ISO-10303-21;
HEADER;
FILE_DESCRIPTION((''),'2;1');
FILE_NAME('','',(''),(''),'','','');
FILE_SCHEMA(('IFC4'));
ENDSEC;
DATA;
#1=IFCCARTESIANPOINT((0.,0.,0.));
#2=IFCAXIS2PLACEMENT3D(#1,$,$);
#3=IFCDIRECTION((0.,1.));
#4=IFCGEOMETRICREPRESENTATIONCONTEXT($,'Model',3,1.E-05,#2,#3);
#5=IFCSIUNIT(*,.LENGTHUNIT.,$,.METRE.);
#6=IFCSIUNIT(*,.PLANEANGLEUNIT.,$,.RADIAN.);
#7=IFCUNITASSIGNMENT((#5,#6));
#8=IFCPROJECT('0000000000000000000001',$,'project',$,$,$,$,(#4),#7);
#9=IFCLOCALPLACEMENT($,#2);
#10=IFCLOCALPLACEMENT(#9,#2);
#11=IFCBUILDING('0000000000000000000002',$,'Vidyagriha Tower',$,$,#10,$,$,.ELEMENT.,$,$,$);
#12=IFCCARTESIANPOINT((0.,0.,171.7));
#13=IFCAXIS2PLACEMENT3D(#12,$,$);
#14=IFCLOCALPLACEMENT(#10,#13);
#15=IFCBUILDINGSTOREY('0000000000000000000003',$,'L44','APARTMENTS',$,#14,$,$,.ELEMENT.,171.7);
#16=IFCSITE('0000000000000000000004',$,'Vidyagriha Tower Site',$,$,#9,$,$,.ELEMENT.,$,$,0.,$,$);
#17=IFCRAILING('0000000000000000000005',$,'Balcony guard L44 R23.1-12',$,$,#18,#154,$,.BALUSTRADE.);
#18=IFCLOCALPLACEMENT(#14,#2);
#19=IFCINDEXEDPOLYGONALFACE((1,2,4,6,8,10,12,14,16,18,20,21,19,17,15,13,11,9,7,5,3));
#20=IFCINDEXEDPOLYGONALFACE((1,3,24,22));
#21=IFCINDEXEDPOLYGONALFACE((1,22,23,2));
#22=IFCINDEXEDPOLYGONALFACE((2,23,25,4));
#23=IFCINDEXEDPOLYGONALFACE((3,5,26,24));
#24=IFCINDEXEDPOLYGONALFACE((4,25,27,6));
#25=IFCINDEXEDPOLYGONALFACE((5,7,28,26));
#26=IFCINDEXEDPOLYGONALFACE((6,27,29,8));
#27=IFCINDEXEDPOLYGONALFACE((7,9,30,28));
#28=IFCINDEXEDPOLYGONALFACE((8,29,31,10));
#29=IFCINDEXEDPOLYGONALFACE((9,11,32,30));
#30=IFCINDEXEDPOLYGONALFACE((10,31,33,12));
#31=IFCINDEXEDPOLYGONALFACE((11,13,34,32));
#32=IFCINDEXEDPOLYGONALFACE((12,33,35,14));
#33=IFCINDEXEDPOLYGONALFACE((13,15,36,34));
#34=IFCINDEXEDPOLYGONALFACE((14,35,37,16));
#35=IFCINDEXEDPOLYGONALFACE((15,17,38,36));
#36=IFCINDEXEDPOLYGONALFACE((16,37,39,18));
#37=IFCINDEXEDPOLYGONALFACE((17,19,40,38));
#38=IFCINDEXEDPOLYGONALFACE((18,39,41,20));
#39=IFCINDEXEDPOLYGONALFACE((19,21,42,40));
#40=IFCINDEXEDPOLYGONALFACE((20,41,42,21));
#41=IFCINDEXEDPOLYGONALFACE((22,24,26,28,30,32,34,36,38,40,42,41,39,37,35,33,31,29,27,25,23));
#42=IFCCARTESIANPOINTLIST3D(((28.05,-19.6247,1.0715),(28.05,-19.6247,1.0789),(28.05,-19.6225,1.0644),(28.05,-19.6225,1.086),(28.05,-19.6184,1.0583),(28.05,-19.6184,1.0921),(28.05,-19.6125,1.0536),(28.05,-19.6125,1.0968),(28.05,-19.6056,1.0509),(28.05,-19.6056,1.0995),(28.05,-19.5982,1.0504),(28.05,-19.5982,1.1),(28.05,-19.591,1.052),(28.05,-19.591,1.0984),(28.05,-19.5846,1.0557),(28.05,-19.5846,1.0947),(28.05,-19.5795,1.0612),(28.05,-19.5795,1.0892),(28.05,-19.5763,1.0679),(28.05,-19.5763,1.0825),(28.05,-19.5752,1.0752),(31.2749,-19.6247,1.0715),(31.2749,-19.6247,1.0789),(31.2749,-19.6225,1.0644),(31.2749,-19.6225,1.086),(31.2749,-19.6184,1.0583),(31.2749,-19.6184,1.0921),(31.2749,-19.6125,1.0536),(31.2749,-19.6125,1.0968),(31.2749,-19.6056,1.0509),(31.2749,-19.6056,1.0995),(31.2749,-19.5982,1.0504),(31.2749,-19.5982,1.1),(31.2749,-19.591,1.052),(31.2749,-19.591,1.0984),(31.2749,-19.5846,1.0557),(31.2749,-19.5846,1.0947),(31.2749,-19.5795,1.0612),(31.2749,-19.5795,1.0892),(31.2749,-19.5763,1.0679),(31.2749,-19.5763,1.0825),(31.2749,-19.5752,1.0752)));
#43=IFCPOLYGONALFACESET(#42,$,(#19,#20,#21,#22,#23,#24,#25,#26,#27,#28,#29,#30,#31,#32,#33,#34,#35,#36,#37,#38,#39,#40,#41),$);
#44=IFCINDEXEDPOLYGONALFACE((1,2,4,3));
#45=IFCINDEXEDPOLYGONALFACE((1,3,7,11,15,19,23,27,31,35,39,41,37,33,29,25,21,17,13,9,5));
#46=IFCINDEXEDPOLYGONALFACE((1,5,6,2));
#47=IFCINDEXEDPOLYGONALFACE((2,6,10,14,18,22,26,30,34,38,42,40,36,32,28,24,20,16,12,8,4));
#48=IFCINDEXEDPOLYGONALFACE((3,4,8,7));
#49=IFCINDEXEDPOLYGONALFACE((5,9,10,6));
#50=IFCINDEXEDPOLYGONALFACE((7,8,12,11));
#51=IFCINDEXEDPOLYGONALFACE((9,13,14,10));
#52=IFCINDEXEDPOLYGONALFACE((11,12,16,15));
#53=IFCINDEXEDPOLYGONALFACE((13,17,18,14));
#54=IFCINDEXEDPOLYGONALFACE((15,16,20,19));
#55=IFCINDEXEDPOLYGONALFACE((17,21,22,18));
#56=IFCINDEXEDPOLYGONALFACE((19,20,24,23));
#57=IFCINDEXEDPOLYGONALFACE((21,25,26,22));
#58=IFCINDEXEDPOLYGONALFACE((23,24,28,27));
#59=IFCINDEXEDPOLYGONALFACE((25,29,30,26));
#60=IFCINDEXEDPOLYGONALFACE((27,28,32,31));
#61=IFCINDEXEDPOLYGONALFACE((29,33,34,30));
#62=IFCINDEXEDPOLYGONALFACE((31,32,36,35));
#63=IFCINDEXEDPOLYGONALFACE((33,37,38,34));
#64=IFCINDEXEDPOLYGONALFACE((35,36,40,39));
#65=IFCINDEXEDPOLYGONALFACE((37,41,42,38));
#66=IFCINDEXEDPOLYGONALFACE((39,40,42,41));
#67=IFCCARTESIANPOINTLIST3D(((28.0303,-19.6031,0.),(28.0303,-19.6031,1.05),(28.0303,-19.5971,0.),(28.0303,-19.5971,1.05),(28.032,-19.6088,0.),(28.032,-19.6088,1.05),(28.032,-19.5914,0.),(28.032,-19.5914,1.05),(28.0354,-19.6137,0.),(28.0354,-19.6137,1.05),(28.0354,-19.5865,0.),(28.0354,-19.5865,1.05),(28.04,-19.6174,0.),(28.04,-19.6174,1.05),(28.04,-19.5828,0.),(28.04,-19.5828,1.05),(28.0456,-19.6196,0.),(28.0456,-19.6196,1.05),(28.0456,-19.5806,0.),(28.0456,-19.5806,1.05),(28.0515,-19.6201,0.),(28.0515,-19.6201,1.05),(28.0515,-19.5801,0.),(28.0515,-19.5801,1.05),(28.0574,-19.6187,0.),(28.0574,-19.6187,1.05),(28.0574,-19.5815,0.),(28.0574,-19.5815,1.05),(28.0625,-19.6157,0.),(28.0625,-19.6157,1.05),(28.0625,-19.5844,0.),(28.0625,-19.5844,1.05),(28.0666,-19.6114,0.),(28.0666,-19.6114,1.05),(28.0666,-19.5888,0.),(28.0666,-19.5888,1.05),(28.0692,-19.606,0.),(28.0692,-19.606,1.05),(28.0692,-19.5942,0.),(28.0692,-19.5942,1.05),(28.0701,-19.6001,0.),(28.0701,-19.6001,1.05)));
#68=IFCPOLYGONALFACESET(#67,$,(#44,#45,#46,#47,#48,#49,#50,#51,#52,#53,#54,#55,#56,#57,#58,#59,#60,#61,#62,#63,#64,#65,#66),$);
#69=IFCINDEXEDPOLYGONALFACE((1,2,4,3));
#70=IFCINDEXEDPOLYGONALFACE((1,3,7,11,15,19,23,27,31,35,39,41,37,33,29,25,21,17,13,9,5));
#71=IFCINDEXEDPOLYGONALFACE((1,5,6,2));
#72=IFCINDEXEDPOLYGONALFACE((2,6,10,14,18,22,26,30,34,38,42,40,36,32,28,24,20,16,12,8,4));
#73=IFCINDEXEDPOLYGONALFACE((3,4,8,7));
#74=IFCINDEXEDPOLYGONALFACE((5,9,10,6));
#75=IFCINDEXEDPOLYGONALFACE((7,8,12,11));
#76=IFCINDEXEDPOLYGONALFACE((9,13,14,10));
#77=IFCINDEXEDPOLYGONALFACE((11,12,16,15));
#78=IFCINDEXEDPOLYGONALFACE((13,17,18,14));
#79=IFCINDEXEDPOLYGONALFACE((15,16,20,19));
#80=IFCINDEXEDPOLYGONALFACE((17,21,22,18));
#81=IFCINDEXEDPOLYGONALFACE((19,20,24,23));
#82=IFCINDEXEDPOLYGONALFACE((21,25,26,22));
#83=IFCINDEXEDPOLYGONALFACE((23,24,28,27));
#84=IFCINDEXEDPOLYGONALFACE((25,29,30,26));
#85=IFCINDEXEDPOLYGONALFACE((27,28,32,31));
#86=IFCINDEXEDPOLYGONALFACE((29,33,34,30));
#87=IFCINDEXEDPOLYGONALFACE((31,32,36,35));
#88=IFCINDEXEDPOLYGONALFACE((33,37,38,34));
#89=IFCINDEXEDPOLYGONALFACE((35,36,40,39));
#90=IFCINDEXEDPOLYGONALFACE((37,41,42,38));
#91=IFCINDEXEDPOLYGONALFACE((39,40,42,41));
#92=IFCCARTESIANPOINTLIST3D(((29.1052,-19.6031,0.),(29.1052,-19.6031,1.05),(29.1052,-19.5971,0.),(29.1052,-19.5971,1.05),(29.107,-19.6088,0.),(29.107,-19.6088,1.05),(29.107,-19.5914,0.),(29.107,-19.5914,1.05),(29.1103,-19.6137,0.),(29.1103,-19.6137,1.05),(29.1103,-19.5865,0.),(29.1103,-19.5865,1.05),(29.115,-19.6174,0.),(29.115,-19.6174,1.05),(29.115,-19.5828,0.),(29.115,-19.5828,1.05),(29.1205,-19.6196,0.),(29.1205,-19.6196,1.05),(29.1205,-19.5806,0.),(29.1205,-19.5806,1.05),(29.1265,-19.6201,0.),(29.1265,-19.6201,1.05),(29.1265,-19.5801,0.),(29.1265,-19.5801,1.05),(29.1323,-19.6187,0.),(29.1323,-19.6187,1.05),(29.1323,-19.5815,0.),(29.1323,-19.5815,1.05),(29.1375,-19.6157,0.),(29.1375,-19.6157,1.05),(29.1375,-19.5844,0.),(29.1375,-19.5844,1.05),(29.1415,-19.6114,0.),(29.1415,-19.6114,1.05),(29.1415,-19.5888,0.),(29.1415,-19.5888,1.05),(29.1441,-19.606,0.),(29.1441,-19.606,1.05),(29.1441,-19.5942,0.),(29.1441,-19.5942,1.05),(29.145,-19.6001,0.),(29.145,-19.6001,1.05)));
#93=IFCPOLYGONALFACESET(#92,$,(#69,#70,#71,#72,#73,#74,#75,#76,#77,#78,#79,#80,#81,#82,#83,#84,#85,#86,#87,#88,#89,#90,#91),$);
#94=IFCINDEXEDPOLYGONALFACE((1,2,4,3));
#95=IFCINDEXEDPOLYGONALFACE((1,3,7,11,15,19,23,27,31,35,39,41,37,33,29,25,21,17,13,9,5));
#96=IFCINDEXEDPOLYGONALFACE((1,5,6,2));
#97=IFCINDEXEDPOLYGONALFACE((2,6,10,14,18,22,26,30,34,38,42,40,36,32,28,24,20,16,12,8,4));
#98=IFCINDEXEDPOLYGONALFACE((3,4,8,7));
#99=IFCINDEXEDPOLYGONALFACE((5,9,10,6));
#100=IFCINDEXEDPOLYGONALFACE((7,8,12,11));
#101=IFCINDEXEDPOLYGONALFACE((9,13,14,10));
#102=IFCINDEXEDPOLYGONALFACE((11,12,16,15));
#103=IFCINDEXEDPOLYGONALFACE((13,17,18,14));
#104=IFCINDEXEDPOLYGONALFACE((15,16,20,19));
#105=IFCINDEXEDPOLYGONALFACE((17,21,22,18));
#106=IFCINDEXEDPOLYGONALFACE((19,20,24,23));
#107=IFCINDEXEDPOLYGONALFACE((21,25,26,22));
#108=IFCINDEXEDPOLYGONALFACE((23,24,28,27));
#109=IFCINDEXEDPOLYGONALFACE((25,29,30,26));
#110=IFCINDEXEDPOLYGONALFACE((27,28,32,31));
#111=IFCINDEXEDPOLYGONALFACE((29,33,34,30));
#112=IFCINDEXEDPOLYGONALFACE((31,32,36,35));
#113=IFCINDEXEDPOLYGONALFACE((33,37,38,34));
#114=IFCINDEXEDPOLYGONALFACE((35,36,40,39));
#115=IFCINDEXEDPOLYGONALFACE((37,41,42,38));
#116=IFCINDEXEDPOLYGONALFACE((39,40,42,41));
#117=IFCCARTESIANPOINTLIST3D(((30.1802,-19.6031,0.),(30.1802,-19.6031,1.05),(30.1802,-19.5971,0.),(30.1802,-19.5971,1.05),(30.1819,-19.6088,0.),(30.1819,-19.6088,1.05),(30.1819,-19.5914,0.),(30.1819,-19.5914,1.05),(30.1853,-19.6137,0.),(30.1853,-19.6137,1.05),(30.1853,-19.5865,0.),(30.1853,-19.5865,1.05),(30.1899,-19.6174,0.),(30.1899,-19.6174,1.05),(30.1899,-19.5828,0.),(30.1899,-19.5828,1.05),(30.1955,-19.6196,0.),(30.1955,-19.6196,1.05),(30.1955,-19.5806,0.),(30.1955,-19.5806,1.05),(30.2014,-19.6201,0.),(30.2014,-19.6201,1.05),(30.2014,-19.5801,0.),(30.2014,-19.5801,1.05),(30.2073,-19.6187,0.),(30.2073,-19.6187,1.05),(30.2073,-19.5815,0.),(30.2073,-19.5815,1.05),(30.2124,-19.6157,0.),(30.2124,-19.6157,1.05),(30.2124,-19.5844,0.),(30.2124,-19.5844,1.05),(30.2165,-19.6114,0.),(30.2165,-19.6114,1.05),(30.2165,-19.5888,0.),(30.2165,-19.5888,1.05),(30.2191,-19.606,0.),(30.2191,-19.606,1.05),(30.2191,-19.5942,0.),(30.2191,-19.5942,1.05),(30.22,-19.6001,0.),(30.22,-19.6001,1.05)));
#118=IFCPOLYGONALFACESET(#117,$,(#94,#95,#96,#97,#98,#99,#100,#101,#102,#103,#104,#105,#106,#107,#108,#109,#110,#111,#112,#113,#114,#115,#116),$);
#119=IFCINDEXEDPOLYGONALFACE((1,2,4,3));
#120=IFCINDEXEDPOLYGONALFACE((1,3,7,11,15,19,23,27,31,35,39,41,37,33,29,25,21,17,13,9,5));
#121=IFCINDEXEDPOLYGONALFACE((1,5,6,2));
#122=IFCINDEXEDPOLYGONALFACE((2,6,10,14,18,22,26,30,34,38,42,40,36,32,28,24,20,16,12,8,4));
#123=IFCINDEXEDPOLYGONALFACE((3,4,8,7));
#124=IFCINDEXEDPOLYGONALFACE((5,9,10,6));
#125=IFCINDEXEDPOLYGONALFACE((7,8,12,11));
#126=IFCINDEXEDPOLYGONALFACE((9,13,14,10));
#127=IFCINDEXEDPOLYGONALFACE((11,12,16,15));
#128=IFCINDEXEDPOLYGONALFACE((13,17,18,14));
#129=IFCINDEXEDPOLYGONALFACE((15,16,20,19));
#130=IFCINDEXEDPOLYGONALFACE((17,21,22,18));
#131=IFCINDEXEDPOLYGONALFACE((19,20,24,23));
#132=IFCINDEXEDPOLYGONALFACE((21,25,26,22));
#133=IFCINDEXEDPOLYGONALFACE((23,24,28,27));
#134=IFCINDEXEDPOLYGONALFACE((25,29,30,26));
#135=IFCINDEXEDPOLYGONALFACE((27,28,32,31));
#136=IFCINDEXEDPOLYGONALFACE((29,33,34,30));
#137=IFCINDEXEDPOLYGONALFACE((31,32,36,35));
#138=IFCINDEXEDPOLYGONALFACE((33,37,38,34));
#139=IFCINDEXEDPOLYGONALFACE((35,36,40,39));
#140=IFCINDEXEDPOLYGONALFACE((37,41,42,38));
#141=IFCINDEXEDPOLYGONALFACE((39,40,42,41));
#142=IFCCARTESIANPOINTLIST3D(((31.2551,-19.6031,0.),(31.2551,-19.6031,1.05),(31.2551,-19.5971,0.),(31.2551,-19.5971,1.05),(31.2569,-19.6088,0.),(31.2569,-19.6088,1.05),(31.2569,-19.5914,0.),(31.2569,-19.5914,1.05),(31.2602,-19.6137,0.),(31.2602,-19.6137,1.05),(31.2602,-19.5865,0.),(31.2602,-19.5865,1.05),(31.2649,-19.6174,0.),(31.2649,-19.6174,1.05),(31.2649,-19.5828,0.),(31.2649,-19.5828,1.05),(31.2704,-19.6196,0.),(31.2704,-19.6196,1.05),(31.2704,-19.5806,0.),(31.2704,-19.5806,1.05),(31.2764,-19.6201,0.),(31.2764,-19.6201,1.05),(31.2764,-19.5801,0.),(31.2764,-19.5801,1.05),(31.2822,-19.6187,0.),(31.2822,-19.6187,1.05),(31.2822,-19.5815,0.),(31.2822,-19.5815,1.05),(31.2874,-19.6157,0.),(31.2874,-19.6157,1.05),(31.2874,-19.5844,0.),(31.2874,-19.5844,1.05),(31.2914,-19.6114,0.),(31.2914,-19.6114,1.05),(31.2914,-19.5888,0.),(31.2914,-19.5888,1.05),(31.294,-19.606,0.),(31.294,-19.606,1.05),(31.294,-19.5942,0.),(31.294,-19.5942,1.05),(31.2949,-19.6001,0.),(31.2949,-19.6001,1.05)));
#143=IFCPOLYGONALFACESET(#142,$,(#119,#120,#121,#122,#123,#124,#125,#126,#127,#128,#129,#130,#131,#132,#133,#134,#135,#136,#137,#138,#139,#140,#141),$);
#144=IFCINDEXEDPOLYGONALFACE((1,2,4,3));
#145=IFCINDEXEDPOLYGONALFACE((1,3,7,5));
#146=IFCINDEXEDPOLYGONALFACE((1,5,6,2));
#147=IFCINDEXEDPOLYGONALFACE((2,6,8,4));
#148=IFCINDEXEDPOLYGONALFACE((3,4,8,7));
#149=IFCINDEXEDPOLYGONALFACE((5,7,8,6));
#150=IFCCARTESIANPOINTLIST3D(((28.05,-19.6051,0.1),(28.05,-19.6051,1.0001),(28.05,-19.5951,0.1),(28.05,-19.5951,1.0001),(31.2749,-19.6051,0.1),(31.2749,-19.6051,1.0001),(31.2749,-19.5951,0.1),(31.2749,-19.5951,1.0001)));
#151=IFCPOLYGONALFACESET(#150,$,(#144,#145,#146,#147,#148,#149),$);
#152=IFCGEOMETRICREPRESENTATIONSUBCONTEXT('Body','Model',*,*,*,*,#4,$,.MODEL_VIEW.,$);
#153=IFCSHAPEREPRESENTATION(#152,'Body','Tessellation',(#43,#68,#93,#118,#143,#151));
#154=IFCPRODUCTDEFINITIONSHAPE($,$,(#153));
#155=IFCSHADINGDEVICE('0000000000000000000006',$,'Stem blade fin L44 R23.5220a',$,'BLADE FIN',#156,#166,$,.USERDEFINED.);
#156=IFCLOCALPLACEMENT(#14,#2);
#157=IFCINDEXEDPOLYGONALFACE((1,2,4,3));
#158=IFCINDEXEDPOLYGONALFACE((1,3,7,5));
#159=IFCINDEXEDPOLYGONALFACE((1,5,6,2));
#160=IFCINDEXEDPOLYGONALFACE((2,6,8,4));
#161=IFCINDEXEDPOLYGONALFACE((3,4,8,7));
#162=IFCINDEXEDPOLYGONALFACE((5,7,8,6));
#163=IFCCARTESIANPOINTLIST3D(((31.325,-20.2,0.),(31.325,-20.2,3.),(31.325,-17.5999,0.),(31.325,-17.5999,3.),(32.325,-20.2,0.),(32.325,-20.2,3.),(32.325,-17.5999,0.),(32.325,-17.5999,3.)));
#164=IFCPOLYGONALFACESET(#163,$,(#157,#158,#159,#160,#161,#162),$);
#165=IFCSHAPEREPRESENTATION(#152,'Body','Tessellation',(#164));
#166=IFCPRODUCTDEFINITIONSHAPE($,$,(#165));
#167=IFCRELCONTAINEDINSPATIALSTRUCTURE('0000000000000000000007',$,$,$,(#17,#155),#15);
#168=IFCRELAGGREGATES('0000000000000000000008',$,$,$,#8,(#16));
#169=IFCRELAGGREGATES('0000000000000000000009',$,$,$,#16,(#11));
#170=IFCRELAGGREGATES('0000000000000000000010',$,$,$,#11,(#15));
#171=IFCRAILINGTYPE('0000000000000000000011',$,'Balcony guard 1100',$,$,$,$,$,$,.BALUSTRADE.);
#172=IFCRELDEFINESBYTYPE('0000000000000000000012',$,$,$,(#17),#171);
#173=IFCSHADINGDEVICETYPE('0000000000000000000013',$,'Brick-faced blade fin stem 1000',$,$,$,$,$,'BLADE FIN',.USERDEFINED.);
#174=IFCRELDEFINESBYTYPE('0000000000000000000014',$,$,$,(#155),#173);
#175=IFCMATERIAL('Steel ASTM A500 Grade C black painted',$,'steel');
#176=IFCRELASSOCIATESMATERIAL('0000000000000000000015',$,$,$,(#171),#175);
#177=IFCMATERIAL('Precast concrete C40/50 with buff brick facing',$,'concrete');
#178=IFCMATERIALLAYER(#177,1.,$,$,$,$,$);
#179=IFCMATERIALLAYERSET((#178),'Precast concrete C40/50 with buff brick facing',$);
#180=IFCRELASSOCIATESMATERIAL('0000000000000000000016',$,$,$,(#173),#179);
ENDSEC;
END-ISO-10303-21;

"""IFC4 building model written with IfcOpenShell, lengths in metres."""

from ifc_helpers import new_model, si_unit, direction, frame, origin, origin_2d, place, context, subcontext, project, spatial, polyline, rectangle, circle, outline, extrude, material, layer, layer_set, type_object, element, save


model = new_model("IFC4")

# Units and contexts
model_context = context("Model", 3, precision=1e-05, world=origin(), true_north=direction((0.0, 1.0)))
body_context = subcontext(model_context, "Body", "Model", "MODEL_VIEW")
ifc_project = project(units=[si_unit("LENGTHUNIT", "METRE"), si_unit("PLANEANGLEUNIT", "RADIAN")], contexts=[model_context])

# Site, building, storey
site_placement = place(None, origin())
site = spatial("IfcSite", under=ifc_project, at=site_placement, Name="Vidyagriha Tower Site", CompositionType="ELEMENT", RefElevation=0.0)
building_placement = place(site_placement, origin())
building = spatial("IfcBuilding", under=site, at=building_placement, Name="Vidyagriha Tower", CompositionType="ELEMENT")
storey_placement = place(building_placement, frame((0.0, 0.0, 171.7)))
storey = spatial("IfcBuildingStorey", under=building, at=storey_placement, Name="L44", Description="APARTMENTS", CompositionType="ELEMENT", Elevation=171.7)

# Railing
ifc_material_1 = material(Name="Steel ASTM A500 Grade C black painted", Category="steel")
railing_type_1 = type_object("IfcRailingType", Name="Balcony guard 1100", PredefinedType="BALUSTRADE", material=ifc_material_1)
railing_1_placement = place(storey_placement, frame((28.05, -19.6001, 0.0)))
element("IfcRailing", 1, at=railing_1_placement, inside=storey, type_object=railing_type_1, Name="Balcony guard L44 R23.1-12", PredefinedType="BALUSTRADE", context=body_context, shape_type="SweptSolid", body=[
    extrude(circle(Radius=0.0249, at=origin_2d()), frame((0.0, 0.0, 1.0752), z_axis=(1.0, 0.0, 0.0), x_axis=(0.0, 1.0, 0.0)), (0.0, 0.0, 1.0), 3.2249),
    extrude(circle(Radius=0.02, at=origin_2d()), origin(), (0.0, 0.0, 1.0), 1.05),
    extrude(circle(Radius=0.02, at=origin_2d()), frame((1.075, 0.0, 0.0)), (0.0, 0.0, 1.0), 1.05),
    extrude(circle(Radius=0.02, at=origin_2d()), frame((2.1499, 0.0, 0.0)), (0.0, 0.0, 1.0), 1.05),
    extrude(circle(Radius=0.02, at=origin_2d()), frame((3.2249, 0.0, 0.0)), (0.0, 0.0, 1.0), 1.05),
    extrude(rectangle(XDim=0.01, YDim=0.9001, at=origin_2d()), frame((0.0, 0.0, 0.55), z_axis=(1.0, 0.0, 0.0), x_axis=(0.0, 1.0, 0.0)), (0.0, 0.0, 1.0), 3.2249),
])

# Shading device
ifc_material_2 = material(Name="Precast concrete C40/50 with buff brick facing", Category="concrete")
ifc_layer_1 = layer(ifc_material_2, 1.0)
ifc_layer_set_1 = layer_set([ifc_layer_1], Name="Precast concrete C40/50 with buff brick facing")
shading_device_type = type_object("IfcShadingDeviceType", Name="Brick-faced blade fin stem 1000", ElementType="BLADE FIN", PredefinedType="USERDEFINED", material=ifc_layer_set_1)
shading_device_placement = place(storey_placement, frame((31.325, -18.8999, 0.0)))
element("IfcShadingDevice", 2, at=shading_device_placement, inside=storey, type_object=shading_device_type, Name="Stem blade fin L44 R23.5220a", ObjectType="BLADE FIN", PredefinedType="USERDEFINED", context=body_context, shape_type="SweptSolid", body=[
    extrude(outline(polyline([(0.0, 0.0), (1.0, 0.0), (1.0, 3.0), (0.0, 3.0), (0.0, 0.0)])), frame((0.0, 1.3, 0.0), z_axis=(0.0, -1.0, 0.0), x_axis=(1.0, 0.0, 0.0)), (0.0, 0.0, 1.0), 2.6001),
])

save(model, "model.ifc")
